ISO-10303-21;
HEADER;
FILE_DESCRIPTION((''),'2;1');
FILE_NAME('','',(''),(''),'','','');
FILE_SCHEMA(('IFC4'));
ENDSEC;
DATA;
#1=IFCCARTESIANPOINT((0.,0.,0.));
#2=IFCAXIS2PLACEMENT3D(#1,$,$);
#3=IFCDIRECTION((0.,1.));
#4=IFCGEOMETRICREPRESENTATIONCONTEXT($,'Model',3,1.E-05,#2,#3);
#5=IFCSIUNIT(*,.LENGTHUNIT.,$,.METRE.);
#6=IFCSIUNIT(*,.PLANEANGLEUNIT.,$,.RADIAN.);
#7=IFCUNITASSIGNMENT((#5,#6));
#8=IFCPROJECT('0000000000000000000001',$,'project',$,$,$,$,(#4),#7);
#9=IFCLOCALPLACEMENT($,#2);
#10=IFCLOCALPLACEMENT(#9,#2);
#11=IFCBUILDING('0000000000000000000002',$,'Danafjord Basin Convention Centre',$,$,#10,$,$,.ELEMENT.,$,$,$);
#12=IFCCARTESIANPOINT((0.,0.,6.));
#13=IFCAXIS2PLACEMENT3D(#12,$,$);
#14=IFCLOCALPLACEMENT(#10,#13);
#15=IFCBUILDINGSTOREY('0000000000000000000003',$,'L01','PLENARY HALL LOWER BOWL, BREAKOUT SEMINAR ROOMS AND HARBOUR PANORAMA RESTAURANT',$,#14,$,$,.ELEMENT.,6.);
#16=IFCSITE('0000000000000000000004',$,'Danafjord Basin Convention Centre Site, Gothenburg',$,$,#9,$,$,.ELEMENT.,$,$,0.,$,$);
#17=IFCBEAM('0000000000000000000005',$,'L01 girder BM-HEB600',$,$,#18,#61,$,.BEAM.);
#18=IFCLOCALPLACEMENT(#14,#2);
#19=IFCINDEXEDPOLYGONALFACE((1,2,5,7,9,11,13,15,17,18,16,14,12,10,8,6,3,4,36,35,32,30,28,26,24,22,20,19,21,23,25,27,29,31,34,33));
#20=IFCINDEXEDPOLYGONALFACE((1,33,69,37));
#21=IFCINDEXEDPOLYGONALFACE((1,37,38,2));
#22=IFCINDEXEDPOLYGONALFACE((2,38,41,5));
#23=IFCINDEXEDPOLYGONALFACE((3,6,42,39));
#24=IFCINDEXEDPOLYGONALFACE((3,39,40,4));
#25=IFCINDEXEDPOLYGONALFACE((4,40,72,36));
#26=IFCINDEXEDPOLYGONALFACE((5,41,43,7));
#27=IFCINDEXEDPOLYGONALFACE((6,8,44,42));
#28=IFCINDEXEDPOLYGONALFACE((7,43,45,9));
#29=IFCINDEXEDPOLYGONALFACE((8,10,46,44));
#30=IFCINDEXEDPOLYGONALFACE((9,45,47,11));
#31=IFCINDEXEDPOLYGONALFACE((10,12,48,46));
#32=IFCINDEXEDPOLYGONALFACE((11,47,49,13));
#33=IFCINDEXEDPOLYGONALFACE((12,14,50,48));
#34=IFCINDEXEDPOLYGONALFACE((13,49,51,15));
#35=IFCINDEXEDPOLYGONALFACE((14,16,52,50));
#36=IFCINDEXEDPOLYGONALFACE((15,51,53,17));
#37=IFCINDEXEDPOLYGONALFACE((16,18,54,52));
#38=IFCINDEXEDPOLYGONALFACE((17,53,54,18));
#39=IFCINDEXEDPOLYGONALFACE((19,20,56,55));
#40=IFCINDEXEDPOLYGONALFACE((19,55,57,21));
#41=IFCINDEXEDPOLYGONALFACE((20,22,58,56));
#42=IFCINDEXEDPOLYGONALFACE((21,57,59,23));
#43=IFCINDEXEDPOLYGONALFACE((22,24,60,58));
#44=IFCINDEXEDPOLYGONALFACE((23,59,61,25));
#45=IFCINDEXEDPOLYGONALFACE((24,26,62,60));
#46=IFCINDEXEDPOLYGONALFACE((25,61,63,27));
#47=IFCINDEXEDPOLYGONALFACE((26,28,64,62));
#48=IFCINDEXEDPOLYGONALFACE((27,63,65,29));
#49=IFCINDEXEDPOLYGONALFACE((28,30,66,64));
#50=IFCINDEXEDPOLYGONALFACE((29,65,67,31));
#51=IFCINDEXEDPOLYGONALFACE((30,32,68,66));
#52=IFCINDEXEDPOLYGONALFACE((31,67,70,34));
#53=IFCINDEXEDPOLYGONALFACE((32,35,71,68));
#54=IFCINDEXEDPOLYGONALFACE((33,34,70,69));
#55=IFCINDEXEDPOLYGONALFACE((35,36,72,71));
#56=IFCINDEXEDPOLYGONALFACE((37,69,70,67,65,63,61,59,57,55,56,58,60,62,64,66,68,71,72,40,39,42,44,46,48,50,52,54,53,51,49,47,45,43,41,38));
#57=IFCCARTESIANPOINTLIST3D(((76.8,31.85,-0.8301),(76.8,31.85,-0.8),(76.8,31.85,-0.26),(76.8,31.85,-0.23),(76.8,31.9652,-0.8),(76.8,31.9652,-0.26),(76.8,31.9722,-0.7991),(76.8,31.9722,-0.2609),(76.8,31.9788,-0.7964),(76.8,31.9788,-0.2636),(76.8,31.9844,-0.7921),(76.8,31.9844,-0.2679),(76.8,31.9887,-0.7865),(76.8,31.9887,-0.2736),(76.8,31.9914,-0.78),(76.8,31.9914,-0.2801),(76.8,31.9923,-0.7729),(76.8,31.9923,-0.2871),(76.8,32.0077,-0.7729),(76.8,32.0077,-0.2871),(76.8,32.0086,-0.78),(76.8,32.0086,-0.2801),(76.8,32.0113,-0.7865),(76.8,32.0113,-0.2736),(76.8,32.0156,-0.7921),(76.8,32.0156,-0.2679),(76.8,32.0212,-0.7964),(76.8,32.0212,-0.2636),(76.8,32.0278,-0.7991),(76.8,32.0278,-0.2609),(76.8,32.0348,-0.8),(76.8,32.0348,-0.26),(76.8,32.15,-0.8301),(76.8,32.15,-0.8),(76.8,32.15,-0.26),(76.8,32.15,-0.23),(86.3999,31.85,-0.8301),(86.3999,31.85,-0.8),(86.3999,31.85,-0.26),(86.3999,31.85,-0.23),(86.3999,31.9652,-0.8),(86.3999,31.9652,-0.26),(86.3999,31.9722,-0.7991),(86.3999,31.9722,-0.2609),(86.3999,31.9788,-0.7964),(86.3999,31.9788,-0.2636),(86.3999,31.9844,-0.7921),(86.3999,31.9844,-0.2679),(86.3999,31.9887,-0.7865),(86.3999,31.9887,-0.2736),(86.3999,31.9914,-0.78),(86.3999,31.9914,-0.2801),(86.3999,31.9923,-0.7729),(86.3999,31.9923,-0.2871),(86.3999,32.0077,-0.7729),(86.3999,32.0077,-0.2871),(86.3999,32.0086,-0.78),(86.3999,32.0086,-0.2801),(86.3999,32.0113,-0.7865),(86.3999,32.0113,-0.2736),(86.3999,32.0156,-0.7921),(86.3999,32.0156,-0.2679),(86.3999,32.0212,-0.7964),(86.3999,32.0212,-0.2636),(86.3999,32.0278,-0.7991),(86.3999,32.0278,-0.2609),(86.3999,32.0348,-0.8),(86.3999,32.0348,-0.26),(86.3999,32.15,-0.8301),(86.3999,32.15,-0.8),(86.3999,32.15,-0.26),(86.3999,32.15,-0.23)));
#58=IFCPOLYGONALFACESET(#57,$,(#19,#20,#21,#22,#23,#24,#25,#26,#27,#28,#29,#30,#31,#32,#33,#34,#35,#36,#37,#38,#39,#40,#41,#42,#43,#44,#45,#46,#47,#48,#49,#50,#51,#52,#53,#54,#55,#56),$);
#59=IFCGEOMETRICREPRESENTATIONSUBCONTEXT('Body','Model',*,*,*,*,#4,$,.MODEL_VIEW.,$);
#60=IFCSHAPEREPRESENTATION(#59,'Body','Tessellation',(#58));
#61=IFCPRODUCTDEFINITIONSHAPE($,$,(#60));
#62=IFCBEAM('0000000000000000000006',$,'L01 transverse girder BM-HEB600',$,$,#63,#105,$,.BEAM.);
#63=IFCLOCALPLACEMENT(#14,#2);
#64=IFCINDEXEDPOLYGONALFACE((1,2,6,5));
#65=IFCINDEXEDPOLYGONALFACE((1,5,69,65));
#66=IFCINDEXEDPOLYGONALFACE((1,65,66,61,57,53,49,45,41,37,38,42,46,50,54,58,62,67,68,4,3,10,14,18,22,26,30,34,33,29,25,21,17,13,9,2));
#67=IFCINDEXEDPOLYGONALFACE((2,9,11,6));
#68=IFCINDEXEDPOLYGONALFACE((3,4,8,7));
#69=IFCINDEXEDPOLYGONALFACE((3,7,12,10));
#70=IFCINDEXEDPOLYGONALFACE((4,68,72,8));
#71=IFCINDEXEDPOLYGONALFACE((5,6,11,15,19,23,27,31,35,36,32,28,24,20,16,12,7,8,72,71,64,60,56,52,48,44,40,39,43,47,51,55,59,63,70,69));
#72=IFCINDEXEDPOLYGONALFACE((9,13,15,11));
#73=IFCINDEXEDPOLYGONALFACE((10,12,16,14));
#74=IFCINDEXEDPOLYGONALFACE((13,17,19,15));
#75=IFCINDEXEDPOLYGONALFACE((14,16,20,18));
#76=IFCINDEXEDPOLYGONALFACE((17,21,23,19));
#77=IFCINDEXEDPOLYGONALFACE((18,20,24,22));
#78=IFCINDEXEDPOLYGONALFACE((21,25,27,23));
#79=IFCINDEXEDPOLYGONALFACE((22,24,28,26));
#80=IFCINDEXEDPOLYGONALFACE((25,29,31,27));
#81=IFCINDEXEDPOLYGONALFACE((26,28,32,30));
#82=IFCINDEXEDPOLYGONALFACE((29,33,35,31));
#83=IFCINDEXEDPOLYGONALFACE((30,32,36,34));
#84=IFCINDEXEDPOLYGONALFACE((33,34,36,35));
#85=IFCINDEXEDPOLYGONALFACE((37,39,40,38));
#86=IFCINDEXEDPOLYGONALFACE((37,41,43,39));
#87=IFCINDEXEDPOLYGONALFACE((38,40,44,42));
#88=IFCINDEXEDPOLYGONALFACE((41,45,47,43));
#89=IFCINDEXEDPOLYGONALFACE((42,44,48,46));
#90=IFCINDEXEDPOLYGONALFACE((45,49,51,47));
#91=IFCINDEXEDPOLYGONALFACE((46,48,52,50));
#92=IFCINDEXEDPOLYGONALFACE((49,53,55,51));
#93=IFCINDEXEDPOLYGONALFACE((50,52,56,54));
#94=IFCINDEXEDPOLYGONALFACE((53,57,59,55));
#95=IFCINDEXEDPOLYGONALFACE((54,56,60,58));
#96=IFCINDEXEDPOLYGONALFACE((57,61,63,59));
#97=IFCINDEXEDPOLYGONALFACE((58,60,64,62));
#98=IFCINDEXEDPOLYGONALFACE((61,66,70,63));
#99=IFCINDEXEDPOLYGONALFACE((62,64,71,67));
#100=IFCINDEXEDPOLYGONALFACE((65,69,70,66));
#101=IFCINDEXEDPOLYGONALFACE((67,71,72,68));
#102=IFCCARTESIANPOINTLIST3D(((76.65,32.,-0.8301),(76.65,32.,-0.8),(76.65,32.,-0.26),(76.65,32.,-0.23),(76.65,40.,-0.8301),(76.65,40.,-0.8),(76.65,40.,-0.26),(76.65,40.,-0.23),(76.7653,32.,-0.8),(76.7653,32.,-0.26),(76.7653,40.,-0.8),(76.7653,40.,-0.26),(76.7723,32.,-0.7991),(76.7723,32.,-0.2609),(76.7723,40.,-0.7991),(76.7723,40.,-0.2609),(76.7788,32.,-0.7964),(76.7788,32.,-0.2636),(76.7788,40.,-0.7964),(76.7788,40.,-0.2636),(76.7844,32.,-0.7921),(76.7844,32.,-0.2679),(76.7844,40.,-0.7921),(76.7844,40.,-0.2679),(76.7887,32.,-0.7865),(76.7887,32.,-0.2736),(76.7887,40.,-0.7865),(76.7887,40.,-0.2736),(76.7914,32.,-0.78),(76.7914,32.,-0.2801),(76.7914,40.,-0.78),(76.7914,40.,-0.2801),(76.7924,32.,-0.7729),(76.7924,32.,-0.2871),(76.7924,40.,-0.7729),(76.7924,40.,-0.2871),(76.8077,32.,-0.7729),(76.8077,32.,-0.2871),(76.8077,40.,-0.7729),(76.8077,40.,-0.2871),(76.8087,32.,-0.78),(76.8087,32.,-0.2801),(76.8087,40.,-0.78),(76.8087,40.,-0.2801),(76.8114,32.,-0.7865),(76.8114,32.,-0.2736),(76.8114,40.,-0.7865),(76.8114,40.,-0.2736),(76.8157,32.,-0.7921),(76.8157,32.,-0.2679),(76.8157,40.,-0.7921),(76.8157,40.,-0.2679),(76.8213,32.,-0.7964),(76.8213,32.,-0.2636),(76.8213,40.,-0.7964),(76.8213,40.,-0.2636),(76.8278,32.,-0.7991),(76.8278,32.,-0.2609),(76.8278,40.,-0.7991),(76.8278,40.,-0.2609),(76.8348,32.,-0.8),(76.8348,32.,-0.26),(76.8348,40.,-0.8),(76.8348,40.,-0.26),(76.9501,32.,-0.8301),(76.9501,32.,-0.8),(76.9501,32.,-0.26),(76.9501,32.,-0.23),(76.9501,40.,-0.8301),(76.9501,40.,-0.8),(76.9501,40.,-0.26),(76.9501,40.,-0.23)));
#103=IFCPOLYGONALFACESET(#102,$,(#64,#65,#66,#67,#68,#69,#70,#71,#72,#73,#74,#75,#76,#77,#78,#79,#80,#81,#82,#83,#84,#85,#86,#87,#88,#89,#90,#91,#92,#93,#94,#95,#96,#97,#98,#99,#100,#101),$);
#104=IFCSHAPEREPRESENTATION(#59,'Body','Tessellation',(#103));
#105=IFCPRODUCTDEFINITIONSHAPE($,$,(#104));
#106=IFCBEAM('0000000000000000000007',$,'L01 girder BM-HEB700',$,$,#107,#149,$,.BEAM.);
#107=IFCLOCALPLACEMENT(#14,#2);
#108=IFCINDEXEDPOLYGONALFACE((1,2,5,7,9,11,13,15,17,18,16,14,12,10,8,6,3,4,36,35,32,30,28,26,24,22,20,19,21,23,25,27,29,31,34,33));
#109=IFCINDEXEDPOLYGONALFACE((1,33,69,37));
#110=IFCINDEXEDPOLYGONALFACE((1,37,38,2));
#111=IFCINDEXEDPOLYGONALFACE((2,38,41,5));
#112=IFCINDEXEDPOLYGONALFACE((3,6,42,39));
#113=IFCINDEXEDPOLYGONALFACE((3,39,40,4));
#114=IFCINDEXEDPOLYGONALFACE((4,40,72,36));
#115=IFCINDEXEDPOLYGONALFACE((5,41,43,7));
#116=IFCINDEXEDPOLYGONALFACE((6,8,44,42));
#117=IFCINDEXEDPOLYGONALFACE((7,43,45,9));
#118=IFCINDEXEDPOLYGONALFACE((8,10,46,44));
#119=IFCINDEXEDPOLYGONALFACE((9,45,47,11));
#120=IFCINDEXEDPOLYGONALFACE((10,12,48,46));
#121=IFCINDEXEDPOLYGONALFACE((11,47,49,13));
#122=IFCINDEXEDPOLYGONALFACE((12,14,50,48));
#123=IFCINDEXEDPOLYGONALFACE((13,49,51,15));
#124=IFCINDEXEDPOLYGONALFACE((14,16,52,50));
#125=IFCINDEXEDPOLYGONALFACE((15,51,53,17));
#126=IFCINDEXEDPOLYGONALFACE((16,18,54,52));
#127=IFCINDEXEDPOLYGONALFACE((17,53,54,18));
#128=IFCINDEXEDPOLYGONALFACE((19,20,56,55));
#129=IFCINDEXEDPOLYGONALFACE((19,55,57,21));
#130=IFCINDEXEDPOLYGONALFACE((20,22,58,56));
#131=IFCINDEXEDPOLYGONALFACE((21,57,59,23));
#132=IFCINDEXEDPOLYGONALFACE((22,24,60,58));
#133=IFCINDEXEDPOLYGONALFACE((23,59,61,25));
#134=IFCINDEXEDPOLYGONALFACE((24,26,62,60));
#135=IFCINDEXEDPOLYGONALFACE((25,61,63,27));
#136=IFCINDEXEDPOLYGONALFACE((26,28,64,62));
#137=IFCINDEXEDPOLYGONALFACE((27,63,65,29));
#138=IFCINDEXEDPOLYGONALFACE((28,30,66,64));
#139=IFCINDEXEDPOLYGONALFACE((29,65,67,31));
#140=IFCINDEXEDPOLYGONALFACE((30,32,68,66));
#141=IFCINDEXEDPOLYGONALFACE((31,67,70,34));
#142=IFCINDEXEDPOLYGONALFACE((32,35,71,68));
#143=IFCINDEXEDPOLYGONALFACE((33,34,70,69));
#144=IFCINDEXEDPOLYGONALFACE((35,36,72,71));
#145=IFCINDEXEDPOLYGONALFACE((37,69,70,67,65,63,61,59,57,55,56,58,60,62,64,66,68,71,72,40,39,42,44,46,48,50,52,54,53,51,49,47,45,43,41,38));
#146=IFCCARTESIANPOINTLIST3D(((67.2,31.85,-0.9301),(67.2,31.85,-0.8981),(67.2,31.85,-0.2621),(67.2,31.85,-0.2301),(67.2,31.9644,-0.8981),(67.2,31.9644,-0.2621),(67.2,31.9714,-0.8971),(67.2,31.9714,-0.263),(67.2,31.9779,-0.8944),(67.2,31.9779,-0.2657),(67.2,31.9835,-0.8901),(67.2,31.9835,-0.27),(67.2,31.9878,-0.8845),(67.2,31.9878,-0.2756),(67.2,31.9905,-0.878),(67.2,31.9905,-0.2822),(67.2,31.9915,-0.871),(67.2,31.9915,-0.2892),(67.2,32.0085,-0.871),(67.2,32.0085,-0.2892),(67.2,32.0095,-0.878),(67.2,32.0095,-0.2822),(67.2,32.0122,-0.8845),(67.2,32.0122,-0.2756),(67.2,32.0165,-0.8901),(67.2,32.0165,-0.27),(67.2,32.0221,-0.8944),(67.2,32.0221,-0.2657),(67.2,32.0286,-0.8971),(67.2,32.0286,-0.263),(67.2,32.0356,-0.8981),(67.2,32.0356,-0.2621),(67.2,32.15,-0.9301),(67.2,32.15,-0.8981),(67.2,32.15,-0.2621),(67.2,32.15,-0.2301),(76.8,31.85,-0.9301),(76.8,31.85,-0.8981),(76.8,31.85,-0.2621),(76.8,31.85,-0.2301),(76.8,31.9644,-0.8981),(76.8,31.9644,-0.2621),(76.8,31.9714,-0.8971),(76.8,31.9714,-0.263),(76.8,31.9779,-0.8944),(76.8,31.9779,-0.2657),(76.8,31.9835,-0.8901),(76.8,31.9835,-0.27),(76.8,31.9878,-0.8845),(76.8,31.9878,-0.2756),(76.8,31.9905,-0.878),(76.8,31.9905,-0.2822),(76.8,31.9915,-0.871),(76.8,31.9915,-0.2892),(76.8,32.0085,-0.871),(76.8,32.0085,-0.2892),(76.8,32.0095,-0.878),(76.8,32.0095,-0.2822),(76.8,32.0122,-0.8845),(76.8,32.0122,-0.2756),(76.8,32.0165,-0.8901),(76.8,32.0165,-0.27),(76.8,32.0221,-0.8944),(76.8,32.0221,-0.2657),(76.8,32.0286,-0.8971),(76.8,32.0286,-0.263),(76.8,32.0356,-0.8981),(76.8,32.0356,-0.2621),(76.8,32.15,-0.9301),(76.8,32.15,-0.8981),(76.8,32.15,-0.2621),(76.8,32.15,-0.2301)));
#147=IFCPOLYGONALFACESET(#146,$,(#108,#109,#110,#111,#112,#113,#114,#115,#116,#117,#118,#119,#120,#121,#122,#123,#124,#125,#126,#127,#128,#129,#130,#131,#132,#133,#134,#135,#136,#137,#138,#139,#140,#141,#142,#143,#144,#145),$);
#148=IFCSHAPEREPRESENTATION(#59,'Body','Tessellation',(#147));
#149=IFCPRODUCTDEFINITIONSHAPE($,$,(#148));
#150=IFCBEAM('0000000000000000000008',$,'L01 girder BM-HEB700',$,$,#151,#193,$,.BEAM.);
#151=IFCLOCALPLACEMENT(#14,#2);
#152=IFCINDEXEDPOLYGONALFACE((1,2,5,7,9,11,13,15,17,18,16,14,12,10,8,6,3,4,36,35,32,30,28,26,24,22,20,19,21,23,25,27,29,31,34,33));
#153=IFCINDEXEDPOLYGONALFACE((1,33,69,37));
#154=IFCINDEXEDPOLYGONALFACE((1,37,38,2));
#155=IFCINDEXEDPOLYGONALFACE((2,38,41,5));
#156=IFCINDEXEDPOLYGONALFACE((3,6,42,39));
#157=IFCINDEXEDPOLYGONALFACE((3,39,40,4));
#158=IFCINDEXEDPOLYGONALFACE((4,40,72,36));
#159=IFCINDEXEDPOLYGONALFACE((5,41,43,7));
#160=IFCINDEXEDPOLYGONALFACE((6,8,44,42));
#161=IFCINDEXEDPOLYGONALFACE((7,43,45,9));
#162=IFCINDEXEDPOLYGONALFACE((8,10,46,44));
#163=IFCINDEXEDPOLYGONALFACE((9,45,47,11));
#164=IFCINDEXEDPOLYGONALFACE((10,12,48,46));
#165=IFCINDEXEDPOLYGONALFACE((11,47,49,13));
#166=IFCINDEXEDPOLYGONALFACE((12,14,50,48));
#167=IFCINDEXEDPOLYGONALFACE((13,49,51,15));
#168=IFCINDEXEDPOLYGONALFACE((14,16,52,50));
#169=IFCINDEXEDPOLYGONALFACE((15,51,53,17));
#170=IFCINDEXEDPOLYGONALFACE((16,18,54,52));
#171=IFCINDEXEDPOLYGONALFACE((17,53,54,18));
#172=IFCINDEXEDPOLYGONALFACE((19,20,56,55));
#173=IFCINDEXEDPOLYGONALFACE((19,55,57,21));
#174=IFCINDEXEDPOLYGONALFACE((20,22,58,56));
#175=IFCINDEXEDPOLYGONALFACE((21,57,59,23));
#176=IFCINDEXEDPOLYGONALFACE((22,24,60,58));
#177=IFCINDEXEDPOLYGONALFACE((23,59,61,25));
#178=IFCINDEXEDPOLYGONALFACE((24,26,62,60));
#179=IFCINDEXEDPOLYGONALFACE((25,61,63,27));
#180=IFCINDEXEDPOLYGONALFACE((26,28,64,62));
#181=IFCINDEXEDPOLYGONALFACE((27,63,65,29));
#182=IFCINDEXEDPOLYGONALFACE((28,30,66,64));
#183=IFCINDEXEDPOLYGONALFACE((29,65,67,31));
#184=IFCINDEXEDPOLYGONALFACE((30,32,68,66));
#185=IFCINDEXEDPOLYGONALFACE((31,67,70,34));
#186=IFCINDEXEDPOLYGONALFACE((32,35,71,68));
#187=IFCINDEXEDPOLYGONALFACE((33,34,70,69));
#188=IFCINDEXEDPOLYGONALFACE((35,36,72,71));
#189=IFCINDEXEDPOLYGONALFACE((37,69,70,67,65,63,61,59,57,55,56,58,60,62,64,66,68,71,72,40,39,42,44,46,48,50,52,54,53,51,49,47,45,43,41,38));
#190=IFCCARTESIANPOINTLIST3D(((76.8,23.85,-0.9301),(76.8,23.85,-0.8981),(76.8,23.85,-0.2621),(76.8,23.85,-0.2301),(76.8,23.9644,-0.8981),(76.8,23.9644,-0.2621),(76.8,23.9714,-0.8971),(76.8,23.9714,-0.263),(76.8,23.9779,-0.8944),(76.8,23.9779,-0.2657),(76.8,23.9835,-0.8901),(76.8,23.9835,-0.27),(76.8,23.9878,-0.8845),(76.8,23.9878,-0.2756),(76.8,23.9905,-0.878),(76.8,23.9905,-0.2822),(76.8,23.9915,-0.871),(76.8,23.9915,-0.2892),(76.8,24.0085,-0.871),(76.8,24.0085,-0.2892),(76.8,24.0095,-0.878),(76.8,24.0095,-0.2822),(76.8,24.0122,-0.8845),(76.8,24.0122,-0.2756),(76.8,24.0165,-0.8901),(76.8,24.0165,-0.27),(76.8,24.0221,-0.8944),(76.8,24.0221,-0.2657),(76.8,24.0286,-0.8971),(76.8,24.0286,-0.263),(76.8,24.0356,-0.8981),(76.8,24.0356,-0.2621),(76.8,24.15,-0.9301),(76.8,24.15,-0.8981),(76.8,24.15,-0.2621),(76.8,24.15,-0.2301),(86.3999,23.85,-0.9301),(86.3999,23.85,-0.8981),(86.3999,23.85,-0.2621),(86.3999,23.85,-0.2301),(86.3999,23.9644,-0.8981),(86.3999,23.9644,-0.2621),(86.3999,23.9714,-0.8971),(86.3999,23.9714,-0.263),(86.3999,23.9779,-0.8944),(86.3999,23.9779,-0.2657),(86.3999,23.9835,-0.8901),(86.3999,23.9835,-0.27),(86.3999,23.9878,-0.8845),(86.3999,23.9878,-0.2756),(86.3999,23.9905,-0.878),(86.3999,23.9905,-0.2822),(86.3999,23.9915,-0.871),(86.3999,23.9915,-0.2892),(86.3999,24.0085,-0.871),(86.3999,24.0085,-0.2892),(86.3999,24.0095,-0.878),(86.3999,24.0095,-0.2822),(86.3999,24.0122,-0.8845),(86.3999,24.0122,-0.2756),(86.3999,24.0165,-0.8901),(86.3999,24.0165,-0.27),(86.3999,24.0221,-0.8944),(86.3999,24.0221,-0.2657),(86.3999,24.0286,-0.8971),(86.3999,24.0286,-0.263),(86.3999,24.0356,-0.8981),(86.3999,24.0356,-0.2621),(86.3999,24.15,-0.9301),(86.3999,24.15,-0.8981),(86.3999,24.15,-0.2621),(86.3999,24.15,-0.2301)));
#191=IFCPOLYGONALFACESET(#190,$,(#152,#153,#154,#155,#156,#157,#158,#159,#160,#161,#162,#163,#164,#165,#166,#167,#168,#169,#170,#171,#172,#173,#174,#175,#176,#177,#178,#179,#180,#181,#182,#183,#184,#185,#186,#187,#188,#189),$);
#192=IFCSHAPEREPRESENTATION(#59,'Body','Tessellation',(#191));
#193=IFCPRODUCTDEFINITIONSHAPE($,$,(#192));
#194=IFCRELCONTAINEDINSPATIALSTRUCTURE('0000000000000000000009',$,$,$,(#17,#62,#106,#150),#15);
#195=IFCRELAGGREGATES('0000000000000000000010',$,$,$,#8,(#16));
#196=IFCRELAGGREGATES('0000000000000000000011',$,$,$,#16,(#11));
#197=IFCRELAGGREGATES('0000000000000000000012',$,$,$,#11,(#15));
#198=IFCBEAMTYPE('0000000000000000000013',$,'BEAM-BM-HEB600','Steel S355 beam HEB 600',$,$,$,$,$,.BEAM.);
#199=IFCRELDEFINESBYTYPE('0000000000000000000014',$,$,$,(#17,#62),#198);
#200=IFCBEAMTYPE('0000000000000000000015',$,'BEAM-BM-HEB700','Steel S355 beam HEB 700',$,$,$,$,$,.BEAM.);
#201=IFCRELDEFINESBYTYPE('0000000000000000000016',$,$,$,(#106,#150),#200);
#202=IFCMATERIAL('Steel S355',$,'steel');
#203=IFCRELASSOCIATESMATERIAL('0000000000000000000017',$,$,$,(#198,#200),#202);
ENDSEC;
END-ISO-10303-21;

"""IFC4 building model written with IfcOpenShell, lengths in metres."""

from ifc_helpers import new_model, si_unit, direction, frame, origin, origin_2d, place, context, subcontext, project, spatial, i_section, extrude, material, material_profile, profile_set, type_object, element, save


model = new_model("IFC4")

# Units and contexts
model_context = context("Model", 3, precision=1e-05, world=origin(), true_north=direction((0.0, 1.0)))
body_context = subcontext(model_context, "Body", "Model", "MODEL_VIEW")
ifc_project = project(units=[si_unit("LENGTHUNIT", "METRE"), si_unit("PLANEANGLEUNIT", "RADIAN")], contexts=[model_context])

# Site, building, storey
site_placement = place(None, origin())
site = spatial("IfcSite", under=ifc_project, at=site_placement, Name="Danafjord Basin Convention Centre Site, Gothenburg", CompositionType="ELEMENT", RefElevation=0.0)
building_placement = place(site_placement, origin())
building = spatial("IfcBuilding", under=site, at=building_placement, Name="Danafjord Basin Convention Centre", CompositionType="ELEMENT")
storey_placement = place(building_placement, frame((0.0, 0.0, 6.0)))
storey = spatial("IfcBuildingStorey", under=building, at=storey_placement, Name="L01", Description="PLENARY HALL LOWER BOWL, BREAKOUT SEMINAR ROOMS AND HARBOUR PANORAMA RESTAURANT", CompositionType="ELEMENT", Elevation=6.0)

# Shared definitions
ifc_material_1 = material(Name="Steel S355", Category="steel")

# Beams
ifc_material_profile_1 = material_profile(ifc_material_1, i_section(OverallWidth=0.3, OverallDepth=0.6001, WebThickness=0.0154, FlangeThickness=0.03, FilletRadius=0.0271, at=origin_2d()), Name="HEB 600")
ifc_profile_set_1 = profile_set([ifc_material_profile_1], Name="Steel S355")
beam_type_1 = type_object("IfcBeamType", Name="BEAM-BM-HEB600", Description="Steel S355 beam HEB 600", PredefinedType="BEAM", material=ifc_profile_set_1)
beam_1_placement = place(storey_placement, frame((76.8, 32.0, -0.53), z_axis=(1.0, 0.0, 0.0), x_axis=(0.0, 1.0, 0.0)))
element("IfcBeam", 1, at=beam_1_placement, inside=storey, type_object=beam_type_1, Name="L01 girder BM-HEB600", PredefinedType="BEAM", context=body_context, shape_type="SweptSolid", body=[
    extrude(i_section(OverallWidth=0.3, OverallDepth=0.6001, WebThickness=0.0154, FlangeThickness=0.03, FilletRadius=0.0271, at=origin_2d()), origin(), (0.0, 0.0, 1.0), 9.5999),
])
beam_2_placement = place(storey_placement, frame((76.8, 32.0, -0.53), z_axis=(0.0, 1.0, 0.0), x_axis=(-1.0, 0.0, 0.0)))
element("IfcBeam", 2, at=beam_2_placement, inside=storey, type_object=beam_type_1, Name="L01 transverse girder BM-HEB600", PredefinedType="BEAM", context=body_context, shape_type="SweptSolid", body=[
    extrude(i_section(OverallWidth=0.3, OverallDepth=0.6001, WebThickness=0.0154, FlangeThickness=0.03, FilletRadius=0.0271, at=origin_2d()), origin(), (0.0, 0.0, 1.0), 8.0),
])
ifc_material_profile_2 = material_profile(ifc_material_1, i_section(OverallWidth=0.3, OverallDepth=0.7, WebThickness=0.0171, FlangeThickness=0.032, FilletRadius=0.0271, at=origin_2d()), Name="HEB 700")
ifc_profile_set_2 = profile_set([ifc_material_profile_2], Name="Steel S355")
beam_type_2 = type_object("IfcBeamType", Name="BEAM-BM-HEB700", Description="Steel S355 beam HEB 700", PredefinedType="BEAM", material=ifc_profile_set_2)
beam_3_placement = place(storey_placement, frame((67.2, 32.0, -0.5801), z_axis=(1.0, 0.0, 0.0), x_axis=(0.0, 1.0, 0.0)))
element("IfcBeam", 3, at=beam_3_placement, inside=storey, type_object=beam_type_2, Name="L01 girder BM-HEB700", PredefinedType="BEAM", context=body_context, shape_type="SweptSolid", body=[
    extrude(i_section(OverallWidth=0.3, OverallDepth=0.7, WebThickness=0.0171, FlangeThickness=0.032, FilletRadius=0.0271, at=origin_2d()), origin(), (0.0, 0.0, 1.0), 9.6001),
])
beam_4_placement = place(storey_placement, frame((76.8, 24.0, -0.5801), z_axis=(1.0, 0.0, 0.0), x_axis=(0.0, 1.0, 0.0)))
element("IfcBeam", 4, at=beam_4_placement, inside=storey, type_object=beam_type_2, Name="L01 girder BM-HEB700", PredefinedType="BEAM", context=body_context, shape_type="SweptSolid", body=[
    extrude(i_section(OverallWidth=0.3, OverallDepth=0.7, WebThickness=0.0171, FlangeThickness=0.032, FilletRadius=0.0271, at=origin_2d()), origin(), (0.0, 0.0, 1.0), 9.5999),
])

save(model, "model.ifc")
